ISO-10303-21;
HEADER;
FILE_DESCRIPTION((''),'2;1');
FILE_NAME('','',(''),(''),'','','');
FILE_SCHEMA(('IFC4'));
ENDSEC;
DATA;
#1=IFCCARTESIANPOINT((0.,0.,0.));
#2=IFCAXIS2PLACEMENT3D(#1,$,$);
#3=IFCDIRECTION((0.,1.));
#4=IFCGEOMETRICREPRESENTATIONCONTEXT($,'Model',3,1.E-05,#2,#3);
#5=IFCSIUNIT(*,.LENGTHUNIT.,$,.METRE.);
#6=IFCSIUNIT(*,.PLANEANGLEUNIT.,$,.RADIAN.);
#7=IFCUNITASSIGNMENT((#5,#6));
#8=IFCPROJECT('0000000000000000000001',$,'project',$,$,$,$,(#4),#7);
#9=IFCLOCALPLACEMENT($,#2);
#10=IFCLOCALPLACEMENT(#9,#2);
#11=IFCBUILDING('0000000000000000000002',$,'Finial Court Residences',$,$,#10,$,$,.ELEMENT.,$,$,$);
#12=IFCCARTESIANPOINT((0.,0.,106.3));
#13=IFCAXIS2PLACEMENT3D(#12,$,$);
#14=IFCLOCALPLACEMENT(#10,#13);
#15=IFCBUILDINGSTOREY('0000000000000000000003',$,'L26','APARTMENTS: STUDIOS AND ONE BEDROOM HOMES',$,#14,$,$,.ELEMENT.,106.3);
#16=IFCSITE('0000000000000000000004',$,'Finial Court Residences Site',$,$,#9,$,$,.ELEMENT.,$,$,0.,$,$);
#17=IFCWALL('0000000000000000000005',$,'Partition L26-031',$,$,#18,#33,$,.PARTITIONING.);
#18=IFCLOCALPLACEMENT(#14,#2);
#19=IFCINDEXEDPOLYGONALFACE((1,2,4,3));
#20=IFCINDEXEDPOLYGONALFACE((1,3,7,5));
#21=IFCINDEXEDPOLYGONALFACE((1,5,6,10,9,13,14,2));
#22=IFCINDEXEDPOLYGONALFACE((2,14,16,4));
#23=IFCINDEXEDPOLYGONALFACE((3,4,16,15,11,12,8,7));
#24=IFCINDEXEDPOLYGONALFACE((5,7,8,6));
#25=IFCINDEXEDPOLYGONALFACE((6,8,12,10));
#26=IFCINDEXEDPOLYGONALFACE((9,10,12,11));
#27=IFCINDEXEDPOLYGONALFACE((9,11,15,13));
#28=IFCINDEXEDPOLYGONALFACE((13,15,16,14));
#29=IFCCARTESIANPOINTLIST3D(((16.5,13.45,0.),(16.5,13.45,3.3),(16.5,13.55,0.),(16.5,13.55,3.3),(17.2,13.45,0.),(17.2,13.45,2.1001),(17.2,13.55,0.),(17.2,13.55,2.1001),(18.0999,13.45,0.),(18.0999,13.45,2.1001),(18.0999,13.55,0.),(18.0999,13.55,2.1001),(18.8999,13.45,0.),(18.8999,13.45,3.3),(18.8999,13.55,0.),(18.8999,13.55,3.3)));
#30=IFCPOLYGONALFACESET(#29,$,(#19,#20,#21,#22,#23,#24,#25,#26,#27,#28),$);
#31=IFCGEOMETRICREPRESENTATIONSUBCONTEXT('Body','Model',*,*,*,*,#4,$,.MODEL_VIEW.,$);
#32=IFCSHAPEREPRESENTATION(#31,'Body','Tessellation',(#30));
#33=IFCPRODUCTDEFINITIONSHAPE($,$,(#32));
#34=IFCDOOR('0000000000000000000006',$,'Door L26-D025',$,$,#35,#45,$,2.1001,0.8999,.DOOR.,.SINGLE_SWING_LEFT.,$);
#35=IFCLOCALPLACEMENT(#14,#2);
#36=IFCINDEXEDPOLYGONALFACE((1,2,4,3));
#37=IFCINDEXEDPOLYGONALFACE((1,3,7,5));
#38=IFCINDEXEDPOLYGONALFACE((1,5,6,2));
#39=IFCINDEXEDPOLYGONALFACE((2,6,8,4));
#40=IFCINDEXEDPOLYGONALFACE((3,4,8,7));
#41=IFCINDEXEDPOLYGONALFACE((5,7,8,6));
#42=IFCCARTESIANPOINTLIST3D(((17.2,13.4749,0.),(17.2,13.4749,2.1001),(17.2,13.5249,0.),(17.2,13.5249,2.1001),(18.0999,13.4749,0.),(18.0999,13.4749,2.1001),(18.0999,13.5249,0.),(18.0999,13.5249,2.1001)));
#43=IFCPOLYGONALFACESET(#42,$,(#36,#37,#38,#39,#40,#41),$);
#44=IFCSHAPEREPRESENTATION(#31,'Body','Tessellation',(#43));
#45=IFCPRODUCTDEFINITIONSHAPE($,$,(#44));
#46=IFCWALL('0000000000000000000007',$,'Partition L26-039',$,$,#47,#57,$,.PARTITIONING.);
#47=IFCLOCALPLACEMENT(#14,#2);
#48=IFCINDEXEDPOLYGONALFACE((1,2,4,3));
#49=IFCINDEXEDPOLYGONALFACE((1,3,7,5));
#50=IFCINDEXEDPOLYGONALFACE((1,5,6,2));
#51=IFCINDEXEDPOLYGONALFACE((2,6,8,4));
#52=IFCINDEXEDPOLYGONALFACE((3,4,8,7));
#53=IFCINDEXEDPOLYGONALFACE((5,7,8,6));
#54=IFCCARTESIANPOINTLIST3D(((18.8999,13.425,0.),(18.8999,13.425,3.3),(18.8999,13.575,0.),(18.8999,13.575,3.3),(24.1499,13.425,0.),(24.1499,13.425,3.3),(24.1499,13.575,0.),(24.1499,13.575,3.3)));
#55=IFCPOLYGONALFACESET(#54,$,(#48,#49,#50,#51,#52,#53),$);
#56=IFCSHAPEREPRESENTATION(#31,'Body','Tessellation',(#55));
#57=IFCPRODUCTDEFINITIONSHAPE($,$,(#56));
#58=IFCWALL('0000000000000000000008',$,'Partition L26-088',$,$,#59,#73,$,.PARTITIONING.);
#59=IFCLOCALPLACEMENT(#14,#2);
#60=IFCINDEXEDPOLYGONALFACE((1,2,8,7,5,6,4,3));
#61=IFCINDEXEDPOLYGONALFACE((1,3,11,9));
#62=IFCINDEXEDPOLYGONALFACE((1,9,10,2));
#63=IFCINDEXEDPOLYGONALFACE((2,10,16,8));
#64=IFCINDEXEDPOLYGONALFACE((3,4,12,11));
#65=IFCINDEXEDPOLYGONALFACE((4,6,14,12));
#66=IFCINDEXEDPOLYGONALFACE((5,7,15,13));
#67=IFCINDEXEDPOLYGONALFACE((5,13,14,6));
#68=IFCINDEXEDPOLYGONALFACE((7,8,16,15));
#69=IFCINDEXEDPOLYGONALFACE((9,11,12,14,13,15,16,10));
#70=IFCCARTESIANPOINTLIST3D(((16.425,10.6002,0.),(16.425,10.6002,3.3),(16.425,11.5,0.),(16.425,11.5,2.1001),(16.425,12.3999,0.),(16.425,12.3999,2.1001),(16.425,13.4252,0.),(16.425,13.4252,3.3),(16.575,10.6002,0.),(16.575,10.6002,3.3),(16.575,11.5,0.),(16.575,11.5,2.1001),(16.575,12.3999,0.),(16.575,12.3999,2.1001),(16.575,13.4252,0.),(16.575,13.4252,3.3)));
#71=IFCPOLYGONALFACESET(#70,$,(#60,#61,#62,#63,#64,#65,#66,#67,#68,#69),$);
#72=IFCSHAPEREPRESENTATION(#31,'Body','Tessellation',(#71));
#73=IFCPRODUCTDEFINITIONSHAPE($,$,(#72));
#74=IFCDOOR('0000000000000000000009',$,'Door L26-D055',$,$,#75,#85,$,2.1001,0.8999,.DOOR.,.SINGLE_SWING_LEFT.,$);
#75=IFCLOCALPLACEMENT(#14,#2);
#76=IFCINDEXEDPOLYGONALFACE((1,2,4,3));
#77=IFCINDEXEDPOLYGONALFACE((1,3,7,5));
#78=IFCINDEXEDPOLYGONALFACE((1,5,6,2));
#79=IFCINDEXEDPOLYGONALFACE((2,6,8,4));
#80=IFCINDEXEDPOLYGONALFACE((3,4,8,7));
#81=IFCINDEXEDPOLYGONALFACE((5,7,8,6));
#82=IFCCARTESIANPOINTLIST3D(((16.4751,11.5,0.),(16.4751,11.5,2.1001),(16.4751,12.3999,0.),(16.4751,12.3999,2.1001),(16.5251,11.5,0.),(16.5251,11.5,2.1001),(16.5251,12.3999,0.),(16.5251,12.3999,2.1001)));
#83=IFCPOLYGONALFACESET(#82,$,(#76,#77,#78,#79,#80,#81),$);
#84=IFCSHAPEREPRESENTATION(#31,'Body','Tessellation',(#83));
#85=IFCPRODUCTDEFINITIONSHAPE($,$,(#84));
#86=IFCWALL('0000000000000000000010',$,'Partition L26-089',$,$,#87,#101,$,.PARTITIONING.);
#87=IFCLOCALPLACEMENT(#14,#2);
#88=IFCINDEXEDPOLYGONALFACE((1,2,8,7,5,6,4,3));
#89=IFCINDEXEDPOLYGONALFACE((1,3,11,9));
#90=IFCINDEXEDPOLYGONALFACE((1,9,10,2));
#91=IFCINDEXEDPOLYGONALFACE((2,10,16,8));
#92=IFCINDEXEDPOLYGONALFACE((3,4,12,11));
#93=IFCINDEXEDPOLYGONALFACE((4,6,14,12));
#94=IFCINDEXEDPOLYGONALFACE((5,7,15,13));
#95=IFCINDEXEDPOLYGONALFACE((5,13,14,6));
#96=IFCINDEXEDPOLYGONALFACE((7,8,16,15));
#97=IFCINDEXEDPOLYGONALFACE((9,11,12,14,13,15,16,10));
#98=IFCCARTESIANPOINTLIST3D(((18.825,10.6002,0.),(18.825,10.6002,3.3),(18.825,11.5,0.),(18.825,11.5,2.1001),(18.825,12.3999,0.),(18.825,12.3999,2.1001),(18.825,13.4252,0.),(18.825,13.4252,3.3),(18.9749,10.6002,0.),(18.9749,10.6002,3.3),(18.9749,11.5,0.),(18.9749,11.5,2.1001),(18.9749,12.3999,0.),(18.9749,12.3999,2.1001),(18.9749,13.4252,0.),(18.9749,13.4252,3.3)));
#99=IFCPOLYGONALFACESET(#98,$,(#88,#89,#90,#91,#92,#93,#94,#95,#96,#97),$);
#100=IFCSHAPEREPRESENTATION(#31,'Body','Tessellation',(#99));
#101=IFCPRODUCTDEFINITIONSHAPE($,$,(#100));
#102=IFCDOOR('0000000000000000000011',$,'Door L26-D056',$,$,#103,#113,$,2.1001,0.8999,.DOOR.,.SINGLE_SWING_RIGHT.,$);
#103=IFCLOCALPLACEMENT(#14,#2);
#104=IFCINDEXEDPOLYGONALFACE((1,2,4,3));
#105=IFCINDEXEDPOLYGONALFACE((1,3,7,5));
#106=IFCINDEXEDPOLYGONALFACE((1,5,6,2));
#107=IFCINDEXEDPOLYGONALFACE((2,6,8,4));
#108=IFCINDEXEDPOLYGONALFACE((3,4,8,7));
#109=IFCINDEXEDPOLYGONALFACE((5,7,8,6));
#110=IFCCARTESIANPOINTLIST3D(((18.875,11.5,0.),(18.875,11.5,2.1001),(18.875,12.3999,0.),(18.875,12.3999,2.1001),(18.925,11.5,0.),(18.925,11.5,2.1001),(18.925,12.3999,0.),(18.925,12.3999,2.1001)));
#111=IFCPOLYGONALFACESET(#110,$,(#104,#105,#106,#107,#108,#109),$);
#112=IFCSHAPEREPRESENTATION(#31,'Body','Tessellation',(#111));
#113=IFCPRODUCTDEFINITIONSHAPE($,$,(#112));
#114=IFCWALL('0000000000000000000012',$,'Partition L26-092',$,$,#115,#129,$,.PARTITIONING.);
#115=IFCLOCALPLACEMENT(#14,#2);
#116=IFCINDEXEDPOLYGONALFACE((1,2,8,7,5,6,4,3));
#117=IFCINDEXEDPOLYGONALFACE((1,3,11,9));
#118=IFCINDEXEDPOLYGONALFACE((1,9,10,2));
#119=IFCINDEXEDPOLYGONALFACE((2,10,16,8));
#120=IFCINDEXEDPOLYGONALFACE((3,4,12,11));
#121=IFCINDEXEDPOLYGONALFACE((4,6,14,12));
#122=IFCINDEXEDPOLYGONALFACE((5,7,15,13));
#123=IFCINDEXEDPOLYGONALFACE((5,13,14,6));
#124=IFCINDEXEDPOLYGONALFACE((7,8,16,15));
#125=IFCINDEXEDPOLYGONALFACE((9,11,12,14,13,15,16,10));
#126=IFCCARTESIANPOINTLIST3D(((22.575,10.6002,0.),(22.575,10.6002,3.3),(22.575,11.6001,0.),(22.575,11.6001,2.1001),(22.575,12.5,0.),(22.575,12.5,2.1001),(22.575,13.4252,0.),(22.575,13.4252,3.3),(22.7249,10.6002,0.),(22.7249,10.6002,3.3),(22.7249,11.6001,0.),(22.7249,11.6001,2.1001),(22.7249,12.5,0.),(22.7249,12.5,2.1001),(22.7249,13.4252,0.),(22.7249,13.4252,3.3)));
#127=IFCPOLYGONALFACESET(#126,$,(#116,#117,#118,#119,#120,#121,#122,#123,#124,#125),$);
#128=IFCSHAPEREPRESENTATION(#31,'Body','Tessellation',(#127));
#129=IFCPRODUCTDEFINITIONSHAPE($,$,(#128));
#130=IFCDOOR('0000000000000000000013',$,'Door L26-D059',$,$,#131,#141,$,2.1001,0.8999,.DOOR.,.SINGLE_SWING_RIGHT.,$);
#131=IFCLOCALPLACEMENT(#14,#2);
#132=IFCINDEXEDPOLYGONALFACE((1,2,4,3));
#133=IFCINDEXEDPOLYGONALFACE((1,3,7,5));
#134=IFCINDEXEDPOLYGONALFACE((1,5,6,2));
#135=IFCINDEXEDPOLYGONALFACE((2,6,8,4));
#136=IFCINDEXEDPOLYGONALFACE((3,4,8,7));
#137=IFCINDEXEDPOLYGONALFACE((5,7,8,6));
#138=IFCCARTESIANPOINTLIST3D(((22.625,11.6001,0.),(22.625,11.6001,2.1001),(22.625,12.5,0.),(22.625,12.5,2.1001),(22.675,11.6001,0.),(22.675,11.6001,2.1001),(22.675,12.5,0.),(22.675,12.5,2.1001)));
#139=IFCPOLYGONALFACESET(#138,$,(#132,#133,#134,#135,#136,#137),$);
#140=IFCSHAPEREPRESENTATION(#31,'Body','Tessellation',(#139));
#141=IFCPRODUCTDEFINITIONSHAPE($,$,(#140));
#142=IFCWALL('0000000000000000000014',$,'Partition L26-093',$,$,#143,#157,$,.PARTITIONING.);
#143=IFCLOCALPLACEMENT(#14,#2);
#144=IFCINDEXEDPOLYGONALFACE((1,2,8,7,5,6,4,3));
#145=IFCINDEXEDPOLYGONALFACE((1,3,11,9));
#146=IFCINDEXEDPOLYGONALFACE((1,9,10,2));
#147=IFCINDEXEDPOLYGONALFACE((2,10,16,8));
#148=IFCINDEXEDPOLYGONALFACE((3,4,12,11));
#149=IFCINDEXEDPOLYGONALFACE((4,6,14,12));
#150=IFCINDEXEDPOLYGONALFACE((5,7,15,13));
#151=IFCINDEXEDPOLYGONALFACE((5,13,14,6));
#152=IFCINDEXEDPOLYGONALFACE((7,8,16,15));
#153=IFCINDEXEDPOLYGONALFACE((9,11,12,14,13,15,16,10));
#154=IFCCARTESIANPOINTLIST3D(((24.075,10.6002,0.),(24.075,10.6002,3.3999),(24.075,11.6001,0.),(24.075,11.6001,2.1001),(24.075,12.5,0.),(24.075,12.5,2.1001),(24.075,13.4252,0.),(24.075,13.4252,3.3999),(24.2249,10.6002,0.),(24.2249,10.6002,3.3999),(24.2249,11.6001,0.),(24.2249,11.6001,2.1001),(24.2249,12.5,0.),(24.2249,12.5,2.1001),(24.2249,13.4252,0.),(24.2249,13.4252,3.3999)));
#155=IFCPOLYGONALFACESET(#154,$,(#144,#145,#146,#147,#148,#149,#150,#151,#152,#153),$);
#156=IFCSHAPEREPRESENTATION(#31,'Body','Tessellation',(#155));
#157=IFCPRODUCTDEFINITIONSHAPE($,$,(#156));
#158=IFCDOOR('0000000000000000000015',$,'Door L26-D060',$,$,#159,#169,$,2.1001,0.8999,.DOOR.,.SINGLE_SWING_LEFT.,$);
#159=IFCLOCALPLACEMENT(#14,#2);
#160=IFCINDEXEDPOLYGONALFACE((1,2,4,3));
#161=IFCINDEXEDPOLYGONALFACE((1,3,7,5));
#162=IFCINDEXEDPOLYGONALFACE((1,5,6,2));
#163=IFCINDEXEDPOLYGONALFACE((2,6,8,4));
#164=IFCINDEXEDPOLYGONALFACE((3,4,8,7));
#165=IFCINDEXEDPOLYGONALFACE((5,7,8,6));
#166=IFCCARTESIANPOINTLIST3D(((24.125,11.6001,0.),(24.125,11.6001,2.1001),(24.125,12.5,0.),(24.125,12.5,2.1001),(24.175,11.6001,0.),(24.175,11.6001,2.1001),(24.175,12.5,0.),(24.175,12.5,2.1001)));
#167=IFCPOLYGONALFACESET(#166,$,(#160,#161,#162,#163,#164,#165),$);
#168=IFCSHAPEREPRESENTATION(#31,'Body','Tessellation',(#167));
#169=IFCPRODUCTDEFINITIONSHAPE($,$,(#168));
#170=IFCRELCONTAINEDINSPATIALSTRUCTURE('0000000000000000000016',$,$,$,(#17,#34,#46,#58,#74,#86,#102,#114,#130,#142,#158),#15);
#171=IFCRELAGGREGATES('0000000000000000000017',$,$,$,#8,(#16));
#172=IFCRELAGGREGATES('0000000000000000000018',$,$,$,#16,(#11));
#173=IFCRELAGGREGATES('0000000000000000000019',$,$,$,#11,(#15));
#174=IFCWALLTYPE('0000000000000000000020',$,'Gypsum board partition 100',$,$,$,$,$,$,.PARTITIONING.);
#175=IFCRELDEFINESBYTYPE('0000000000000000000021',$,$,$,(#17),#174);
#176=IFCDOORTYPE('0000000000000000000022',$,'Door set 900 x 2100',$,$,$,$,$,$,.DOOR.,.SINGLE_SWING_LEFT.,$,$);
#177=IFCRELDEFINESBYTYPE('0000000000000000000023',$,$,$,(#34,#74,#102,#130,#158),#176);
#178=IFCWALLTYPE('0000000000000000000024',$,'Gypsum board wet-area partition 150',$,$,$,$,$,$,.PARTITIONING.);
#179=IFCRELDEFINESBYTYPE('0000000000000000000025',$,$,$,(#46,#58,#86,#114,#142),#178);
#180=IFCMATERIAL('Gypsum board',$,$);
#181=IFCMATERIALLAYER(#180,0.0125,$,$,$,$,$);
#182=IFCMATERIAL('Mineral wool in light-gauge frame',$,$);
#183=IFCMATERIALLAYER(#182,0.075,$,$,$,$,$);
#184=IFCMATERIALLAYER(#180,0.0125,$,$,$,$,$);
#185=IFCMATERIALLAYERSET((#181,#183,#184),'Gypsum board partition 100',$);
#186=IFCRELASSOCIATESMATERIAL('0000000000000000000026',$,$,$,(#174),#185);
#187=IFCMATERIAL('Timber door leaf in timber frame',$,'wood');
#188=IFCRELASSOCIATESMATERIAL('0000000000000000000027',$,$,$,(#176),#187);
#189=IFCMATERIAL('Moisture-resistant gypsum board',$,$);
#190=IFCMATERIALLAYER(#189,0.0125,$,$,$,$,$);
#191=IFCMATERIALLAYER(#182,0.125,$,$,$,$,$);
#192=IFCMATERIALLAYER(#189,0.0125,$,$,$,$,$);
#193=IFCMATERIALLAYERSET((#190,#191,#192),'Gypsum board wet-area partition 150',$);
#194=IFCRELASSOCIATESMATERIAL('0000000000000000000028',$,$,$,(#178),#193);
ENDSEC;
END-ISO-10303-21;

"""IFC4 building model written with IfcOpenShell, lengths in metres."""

from ifc_helpers import new_model, si_unit, direction, frame, frame_2d, origin, place, context, subcontext, project, spatial, rectangle, extrude, material, layer, layer_set, type_object, element, fill, save


model = new_model("IFC4")

# Units and contexts
model_context = context("Model", 3, precision=1e-05, world=origin(), true_north=direction((0.0, 1.0)))
body_context = subcontext(model_context, "Body", "Model", "MODEL_VIEW")
ifc_project = project(units=[si_unit("LENGTHUNIT", "METRE"), si_unit("PLANEANGLEUNIT", "RADIAN")], contexts=[model_context])

# Site, building, storey
site_placement = place(None, origin())
site = spatial("IfcSite", under=ifc_project, at=site_placement, Name="Finial Court Residences Site", CompositionType="ELEMENT", RefElevation=0.0)
building_placement = place(site_placement, origin())
building = spatial("IfcBuilding", under=site, at=building_placement, Name="Finial Court Residences", CompositionType="ELEMENT")
storey_placement = place(building_placement, frame((0.0, 0.0, 106.3)))
storey = spatial("IfcBuildingStorey", under=building, at=storey_placement, Name="L26", Description="APARTMENTS: STUDIOS AND ONE BEDROOM HOMES", CompositionType="ELEMENT", Elevation=106.3)

# Wall, opening, door
ifc_material_1 = material(Name="Gypsum board")
ifc_layer_1 = layer(ifc_material_1, 0.0125)
ifc_material_2 = material(Name="Mineral wool in light-gauge frame")
ifc_layer_2 = layer(ifc_material_2, 0.075)
ifc_layer_3 = layer(ifc_material_1, 0.0125)
ifc_layer_set_1 = layer_set([ifc_layer_1, ifc_layer_2, ifc_layer_3], Name="Gypsum board partition 100")
wall_type_1 = type_object("IfcWallType", Name="Gypsum board partition 100", PredefinedType="PARTITIONING", material=ifc_layer_set_1)
wall_1_placement = place(storey_placement, frame((16.5, 13.5, 0.0), z_axis=(0.0, 0.0, 1.0), x_axis=(1.0, 0.0, 0.0)))
wall_1 = element("IfcWall", 1, at=wall_1_placement, inside=storey, type_object=wall_type_1, Name="Partition L26-031", PredefinedType="PARTITIONING", context=body_context, shape_type="SweptSolid", body=[
    extrude(rectangle(XDim=2.3999, YDim=0.1001, at=frame_2d((1.2, 0.0))), origin(), (0.0, 0.0, 1.0), 3.3),
])
opening_1_placement = place(wall_1_placement, frame((0.7, 0.0, 0.0)))
opening_1 = element("IfcOpeningElement", 2, at=opening_1_placement, cuts=wall_1, PredefinedType="OPENING", context=body_context, shape_type="SweptSolid", body=[
    extrude(rectangle(XDim=0.8999, YDim=2.1001, at=frame_2d((0.45, 1.05))), frame((0.0, 0.0601, 0.0), z_axis=(0.0, -1.0, 0.0), x_axis=(1.0, 0.0, 0.0)), (0.0, 0.0, 1.0), 0.1201),
])
ifc_material_3 = material(Name="Timber door leaf in timber frame", Category="wood")
door_type_1 = type_object("IfcDoorType", Name="Door set 900 x 2100", OperationType="SINGLE_SWING_LEFT", PredefinedType="DOOR", material=ifc_material_3)
door_1_placement = place(opening_1_placement, origin())
door_1 = element("IfcDoor", 3, at=door_1_placement, inside=storey, type_object=door_type_1, Name="Door L26-D025", OperationType="SINGLE_SWING_LEFT", OverallHeight=2.1001, OverallWidth=0.8999, PredefinedType="DOOR", context=body_context, shape_type="SweptSolid", body=[
    extrude(rectangle(XDim=0.8999, YDim=2.1001, at=frame_2d((0.45, 1.05))), frame((0.0, 0.0249, 0.0), z_axis=(0.0, -1.0, 0.0), x_axis=(1.0, 0.0, 0.0)), (0.0, 0.0, 1.0), 0.05),
])
fill(opening_1, door_1)

# Wall
ifc_material_4 = material(Name="Moisture-resistant gypsum board")
ifc_layer_4 = layer(ifc_material_4, 0.0125)
ifc_layer_5 = layer(ifc_material_2, 0.125)
ifc_layer_6 = layer(ifc_material_4, 0.0125)
ifc_layer_set_2 = layer_set([ifc_layer_4, ifc_layer_5, ifc_layer_6], Name="Gypsum board wet-area partition 150")
wall_type_2 = type_object("IfcWallType", Name="Gypsum board wet-area partition 150", PredefinedType="PARTITIONING", material=ifc_layer_set_2)
wall_2_placement = place(storey_placement, frame((18.8999, 13.5, 0.0), z_axis=(0.0, 0.0, 1.0), x_axis=(1.0, 0.0, 0.0)))
element("IfcWall", 4, at=wall_2_placement, inside=storey, type_object=wall_type_2, Name="Partition L26-039", PredefinedType="PARTITIONING", context=body_context, shape_type="SweptSolid", body=[
    extrude(rectangle(XDim=5.25, YDim=0.1499, at=frame_2d((2.625, 0.0))), origin(), (0.0, 0.0, 1.0), 3.3),
])

# Walls, openings, doors
wall_3_placement = place(storey_placement, frame((16.5, 10.6001, 0.0), z_axis=(0.0, 0.0, 1.0), x_axis=(0.0, 1.0, 0.0)))
wall_3 = element("IfcWall", 5, at=wall_3_placement, inside=storey, type_object=wall_type_2, Name="Partition L26-088", PredefinedType="PARTITIONING", context=body_context, shape_type="SweptSolid", body=[
    extrude(rectangle(XDim=2.825, YDim=0.1499, at=frame_2d((1.4126, 0.0))), origin(), (0.0, 0.0, 1.0), 3.3),
])
opening_2_placement = place(wall_3_placement, frame((0.8999, 0.0, 0.0)))
opening_2 = element("IfcOpeningElement", 6, at=opening_2_placement, cuts=wall_3, PredefinedType="OPENING", context=body_context, shape_type="SweptSolid", body=[
    extrude(rectangle(XDim=0.8999, YDim=2.1001, at=frame_2d((0.45, 1.05))), frame((0.0, 0.085, 0.0), z_axis=(0.0, -1.0, 0.0), x_axis=(1.0, 0.0, 0.0)), (0.0, 0.0, 1.0), 0.1699),
])
door_2_placement = place(opening_2_placement, origin())
door_2 = element("IfcDoor", 7, at=door_2_placement, inside=storey, type_object=door_type_1, Name="Door L26-D055", OperationType="SINGLE_SWING_LEFT", OverallHeight=2.1001, OverallWidth=0.8999, PredefinedType="DOOR", context=body_context, shape_type="SweptSolid", body=[
    extrude(rectangle(XDim=0.8999, YDim=2.1001, at=frame_2d((0.45, 1.05))), frame((0.0, 0.0249, 0.0), z_axis=(0.0, -1.0, 0.0), x_axis=(1.0, 0.0, 0.0)), (0.0, 0.0, 1.0), 0.05),
])
fill(opening_2, door_2)
wall_4_placement = place(storey_placement, frame((18.8999, 10.6001, 0.0), z_axis=(0.0, 0.0, 1.0), x_axis=(0.0, 1.0, 0.0)))
wall_4 = element("IfcWall", 8, at=wall_4_placement, inside=storey, type_object=wall_type_2, Name="Partition L26-089", PredefinedType="PARTITIONING", context=body_context, shape_type="SweptSolid", body=[
    extrude(rectangle(XDim=2.825, YDim=0.1499, at=frame_2d((1.4126, 0.0))), origin(), (0.0, 0.0, 1.0), 3.3),
])
opening_3_placement = place(wall_4_placement, frame((0.8999, 0.0, 0.0)))
opening_3 = element("IfcOpeningElement", 9, at=opening_3_placement, cuts=wall_4, PredefinedType="OPENING", context=body_context, shape_type="SweptSolid", body=[
    extrude(rectangle(XDim=0.8999, YDim=2.1001, at=frame_2d((0.45, 1.05))), frame((0.0, 0.085, 0.0), z_axis=(0.0, -1.0, 0.0), x_axis=(1.0, 0.0, 0.0)), (0.0, 0.0, 1.0), 0.1699),
])
door_3_placement = place(opening_3_placement, origin())
door_3 = element("IfcDoor", 10, at=door_3_placement, inside=storey, type_object=door_type_1, Name="Door L26-D056", OperationType="SINGLE_SWING_RIGHT", OverallHeight=2.1001, OverallWidth=0.8999, PredefinedType="DOOR", context=body_context, shape_type="SweptSolid", body=[
    extrude(rectangle(XDim=0.8999, YDim=2.1001, at=frame_2d((0.45, 1.05))), frame((0.0, 0.0249, 0.0), z_axis=(0.0, -1.0, 0.0), x_axis=(1.0, 0.0, 0.0)), (0.0, 0.0, 1.0), 0.05),
])
fill(opening_3, door_3)
wall_5_placement = place(storey_placement, frame((22.6499, 10.6001, 0.0), z_axis=(0.0, 0.0, 1.0), x_axis=(0.0, 1.0, 0.0)))
wall_5 = element("IfcWall", 11, at=wall_5_placement, inside=storey, type_object=wall_type_2, Name="Partition L26-092", PredefinedType="PARTITIONING", context=body_context, shape_type="SweptSolid", body=[
    extrude(rectangle(XDim=2.825, YDim=0.1499, at=frame_2d((1.4126, 0.0))), origin(), (0.0, 0.0, 1.0), 3.3),
])
opening_4_placement = place(wall_5_placement, frame((1.0, 0.0, 0.0)))
opening_4 = element("IfcOpeningElement", 12, at=opening_4_placement, cuts=wall_5, PredefinedType="OPENING", context=body_context, shape_type="SweptSolid", body=[
    extrude(rectangle(XDim=0.8999, YDim=2.1001, at=frame_2d((0.45, 1.05))), frame((0.0, 0.085, 0.0), z_axis=(0.0, -1.0, 0.0), x_axis=(1.0, 0.0, 0.0)), (0.0, 0.0, 1.0), 0.1699),
])
door_4_placement = place(opening_4_placement, origin())
door_4 = element("IfcDoor", 13, at=door_4_placement, inside=storey, type_object=door_type_1, Name="Door L26-D059", OperationType="SINGLE_SWING_RIGHT", OverallHeight=2.1001, OverallWidth=0.8999, PredefinedType="DOOR", context=body_context, shape_type="SweptSolid", body=[
    extrude(rectangle(XDim=0.8999, YDim=2.1001, at=frame_2d((0.45, 1.05))), frame((0.0, 0.0249, 0.0), z_axis=(0.0, -1.0, 0.0), x_axis=(1.0, 0.0, 0.0)), (0.0, 0.0, 1.0), 0.05),
])
fill(opening_4, door_4)
wall_6_placement = place(storey_placement, frame((24.1499, 10.6001, 0.0), z_axis=(0.0, 0.0, 1.0), x_axis=(0.0, 1.0, 0.0)))
wall_6 = element("IfcWall", 14, at=wall_6_placement, inside=storey, type_object=wall_type_2, Name="Partition L26-093", PredefinedType="PARTITIONING", context=body_context, shape_type="SweptSolid", body=[
    extrude(rectangle(XDim=2.825, YDim=0.1499, at=frame_2d((1.4126, 0.0))), origin(), (0.0, 0.0, 1.0), 3.3999),
])
opening_5_placement = place(wall_6_placement, frame((1.0, 0.0, 0.0)))
opening_5 = element("IfcOpeningElement", 15, at=opening_5_placement, cuts=wall_6, PredefinedType="OPENING", context=body_context, shape_type="SweptSolid", body=[
    extrude(rectangle(XDim=0.8999, YDim=2.1001, at=frame_2d((0.45, 1.05))), frame((0.0, 0.085, 0.0), z_axis=(0.0, -1.0, 0.0), x_axis=(1.0, 0.0, 0.0)), (0.0, 0.0, 1.0), 0.1699),
])
door_5_placement = place(opening_5_placement, origin())
door_5 = element("IfcDoor", 16, at=door_5_placement, inside=storey, type_object=door_type_1, Name="Door L26-D060", OperationType="SINGLE_SWING_LEFT", OverallHeight=2.1001, OverallWidth=0.8999, PredefinedType="DOOR", context=body_context, shape_type="SweptSolid", body=[
    extrude(rectangle(XDim=0.8999, YDim=2.1001, at=frame_2d((0.45, 1.05))), frame((0.0, 0.0249, 0.0), z_axis=(0.0, -1.0, 0.0), x_axis=(1.0, 0.0, 0.0)), (0.0, 0.0, 1.0), 0.05),
])
fill(opening_5, door_5)

save(model, "model.ifc")
